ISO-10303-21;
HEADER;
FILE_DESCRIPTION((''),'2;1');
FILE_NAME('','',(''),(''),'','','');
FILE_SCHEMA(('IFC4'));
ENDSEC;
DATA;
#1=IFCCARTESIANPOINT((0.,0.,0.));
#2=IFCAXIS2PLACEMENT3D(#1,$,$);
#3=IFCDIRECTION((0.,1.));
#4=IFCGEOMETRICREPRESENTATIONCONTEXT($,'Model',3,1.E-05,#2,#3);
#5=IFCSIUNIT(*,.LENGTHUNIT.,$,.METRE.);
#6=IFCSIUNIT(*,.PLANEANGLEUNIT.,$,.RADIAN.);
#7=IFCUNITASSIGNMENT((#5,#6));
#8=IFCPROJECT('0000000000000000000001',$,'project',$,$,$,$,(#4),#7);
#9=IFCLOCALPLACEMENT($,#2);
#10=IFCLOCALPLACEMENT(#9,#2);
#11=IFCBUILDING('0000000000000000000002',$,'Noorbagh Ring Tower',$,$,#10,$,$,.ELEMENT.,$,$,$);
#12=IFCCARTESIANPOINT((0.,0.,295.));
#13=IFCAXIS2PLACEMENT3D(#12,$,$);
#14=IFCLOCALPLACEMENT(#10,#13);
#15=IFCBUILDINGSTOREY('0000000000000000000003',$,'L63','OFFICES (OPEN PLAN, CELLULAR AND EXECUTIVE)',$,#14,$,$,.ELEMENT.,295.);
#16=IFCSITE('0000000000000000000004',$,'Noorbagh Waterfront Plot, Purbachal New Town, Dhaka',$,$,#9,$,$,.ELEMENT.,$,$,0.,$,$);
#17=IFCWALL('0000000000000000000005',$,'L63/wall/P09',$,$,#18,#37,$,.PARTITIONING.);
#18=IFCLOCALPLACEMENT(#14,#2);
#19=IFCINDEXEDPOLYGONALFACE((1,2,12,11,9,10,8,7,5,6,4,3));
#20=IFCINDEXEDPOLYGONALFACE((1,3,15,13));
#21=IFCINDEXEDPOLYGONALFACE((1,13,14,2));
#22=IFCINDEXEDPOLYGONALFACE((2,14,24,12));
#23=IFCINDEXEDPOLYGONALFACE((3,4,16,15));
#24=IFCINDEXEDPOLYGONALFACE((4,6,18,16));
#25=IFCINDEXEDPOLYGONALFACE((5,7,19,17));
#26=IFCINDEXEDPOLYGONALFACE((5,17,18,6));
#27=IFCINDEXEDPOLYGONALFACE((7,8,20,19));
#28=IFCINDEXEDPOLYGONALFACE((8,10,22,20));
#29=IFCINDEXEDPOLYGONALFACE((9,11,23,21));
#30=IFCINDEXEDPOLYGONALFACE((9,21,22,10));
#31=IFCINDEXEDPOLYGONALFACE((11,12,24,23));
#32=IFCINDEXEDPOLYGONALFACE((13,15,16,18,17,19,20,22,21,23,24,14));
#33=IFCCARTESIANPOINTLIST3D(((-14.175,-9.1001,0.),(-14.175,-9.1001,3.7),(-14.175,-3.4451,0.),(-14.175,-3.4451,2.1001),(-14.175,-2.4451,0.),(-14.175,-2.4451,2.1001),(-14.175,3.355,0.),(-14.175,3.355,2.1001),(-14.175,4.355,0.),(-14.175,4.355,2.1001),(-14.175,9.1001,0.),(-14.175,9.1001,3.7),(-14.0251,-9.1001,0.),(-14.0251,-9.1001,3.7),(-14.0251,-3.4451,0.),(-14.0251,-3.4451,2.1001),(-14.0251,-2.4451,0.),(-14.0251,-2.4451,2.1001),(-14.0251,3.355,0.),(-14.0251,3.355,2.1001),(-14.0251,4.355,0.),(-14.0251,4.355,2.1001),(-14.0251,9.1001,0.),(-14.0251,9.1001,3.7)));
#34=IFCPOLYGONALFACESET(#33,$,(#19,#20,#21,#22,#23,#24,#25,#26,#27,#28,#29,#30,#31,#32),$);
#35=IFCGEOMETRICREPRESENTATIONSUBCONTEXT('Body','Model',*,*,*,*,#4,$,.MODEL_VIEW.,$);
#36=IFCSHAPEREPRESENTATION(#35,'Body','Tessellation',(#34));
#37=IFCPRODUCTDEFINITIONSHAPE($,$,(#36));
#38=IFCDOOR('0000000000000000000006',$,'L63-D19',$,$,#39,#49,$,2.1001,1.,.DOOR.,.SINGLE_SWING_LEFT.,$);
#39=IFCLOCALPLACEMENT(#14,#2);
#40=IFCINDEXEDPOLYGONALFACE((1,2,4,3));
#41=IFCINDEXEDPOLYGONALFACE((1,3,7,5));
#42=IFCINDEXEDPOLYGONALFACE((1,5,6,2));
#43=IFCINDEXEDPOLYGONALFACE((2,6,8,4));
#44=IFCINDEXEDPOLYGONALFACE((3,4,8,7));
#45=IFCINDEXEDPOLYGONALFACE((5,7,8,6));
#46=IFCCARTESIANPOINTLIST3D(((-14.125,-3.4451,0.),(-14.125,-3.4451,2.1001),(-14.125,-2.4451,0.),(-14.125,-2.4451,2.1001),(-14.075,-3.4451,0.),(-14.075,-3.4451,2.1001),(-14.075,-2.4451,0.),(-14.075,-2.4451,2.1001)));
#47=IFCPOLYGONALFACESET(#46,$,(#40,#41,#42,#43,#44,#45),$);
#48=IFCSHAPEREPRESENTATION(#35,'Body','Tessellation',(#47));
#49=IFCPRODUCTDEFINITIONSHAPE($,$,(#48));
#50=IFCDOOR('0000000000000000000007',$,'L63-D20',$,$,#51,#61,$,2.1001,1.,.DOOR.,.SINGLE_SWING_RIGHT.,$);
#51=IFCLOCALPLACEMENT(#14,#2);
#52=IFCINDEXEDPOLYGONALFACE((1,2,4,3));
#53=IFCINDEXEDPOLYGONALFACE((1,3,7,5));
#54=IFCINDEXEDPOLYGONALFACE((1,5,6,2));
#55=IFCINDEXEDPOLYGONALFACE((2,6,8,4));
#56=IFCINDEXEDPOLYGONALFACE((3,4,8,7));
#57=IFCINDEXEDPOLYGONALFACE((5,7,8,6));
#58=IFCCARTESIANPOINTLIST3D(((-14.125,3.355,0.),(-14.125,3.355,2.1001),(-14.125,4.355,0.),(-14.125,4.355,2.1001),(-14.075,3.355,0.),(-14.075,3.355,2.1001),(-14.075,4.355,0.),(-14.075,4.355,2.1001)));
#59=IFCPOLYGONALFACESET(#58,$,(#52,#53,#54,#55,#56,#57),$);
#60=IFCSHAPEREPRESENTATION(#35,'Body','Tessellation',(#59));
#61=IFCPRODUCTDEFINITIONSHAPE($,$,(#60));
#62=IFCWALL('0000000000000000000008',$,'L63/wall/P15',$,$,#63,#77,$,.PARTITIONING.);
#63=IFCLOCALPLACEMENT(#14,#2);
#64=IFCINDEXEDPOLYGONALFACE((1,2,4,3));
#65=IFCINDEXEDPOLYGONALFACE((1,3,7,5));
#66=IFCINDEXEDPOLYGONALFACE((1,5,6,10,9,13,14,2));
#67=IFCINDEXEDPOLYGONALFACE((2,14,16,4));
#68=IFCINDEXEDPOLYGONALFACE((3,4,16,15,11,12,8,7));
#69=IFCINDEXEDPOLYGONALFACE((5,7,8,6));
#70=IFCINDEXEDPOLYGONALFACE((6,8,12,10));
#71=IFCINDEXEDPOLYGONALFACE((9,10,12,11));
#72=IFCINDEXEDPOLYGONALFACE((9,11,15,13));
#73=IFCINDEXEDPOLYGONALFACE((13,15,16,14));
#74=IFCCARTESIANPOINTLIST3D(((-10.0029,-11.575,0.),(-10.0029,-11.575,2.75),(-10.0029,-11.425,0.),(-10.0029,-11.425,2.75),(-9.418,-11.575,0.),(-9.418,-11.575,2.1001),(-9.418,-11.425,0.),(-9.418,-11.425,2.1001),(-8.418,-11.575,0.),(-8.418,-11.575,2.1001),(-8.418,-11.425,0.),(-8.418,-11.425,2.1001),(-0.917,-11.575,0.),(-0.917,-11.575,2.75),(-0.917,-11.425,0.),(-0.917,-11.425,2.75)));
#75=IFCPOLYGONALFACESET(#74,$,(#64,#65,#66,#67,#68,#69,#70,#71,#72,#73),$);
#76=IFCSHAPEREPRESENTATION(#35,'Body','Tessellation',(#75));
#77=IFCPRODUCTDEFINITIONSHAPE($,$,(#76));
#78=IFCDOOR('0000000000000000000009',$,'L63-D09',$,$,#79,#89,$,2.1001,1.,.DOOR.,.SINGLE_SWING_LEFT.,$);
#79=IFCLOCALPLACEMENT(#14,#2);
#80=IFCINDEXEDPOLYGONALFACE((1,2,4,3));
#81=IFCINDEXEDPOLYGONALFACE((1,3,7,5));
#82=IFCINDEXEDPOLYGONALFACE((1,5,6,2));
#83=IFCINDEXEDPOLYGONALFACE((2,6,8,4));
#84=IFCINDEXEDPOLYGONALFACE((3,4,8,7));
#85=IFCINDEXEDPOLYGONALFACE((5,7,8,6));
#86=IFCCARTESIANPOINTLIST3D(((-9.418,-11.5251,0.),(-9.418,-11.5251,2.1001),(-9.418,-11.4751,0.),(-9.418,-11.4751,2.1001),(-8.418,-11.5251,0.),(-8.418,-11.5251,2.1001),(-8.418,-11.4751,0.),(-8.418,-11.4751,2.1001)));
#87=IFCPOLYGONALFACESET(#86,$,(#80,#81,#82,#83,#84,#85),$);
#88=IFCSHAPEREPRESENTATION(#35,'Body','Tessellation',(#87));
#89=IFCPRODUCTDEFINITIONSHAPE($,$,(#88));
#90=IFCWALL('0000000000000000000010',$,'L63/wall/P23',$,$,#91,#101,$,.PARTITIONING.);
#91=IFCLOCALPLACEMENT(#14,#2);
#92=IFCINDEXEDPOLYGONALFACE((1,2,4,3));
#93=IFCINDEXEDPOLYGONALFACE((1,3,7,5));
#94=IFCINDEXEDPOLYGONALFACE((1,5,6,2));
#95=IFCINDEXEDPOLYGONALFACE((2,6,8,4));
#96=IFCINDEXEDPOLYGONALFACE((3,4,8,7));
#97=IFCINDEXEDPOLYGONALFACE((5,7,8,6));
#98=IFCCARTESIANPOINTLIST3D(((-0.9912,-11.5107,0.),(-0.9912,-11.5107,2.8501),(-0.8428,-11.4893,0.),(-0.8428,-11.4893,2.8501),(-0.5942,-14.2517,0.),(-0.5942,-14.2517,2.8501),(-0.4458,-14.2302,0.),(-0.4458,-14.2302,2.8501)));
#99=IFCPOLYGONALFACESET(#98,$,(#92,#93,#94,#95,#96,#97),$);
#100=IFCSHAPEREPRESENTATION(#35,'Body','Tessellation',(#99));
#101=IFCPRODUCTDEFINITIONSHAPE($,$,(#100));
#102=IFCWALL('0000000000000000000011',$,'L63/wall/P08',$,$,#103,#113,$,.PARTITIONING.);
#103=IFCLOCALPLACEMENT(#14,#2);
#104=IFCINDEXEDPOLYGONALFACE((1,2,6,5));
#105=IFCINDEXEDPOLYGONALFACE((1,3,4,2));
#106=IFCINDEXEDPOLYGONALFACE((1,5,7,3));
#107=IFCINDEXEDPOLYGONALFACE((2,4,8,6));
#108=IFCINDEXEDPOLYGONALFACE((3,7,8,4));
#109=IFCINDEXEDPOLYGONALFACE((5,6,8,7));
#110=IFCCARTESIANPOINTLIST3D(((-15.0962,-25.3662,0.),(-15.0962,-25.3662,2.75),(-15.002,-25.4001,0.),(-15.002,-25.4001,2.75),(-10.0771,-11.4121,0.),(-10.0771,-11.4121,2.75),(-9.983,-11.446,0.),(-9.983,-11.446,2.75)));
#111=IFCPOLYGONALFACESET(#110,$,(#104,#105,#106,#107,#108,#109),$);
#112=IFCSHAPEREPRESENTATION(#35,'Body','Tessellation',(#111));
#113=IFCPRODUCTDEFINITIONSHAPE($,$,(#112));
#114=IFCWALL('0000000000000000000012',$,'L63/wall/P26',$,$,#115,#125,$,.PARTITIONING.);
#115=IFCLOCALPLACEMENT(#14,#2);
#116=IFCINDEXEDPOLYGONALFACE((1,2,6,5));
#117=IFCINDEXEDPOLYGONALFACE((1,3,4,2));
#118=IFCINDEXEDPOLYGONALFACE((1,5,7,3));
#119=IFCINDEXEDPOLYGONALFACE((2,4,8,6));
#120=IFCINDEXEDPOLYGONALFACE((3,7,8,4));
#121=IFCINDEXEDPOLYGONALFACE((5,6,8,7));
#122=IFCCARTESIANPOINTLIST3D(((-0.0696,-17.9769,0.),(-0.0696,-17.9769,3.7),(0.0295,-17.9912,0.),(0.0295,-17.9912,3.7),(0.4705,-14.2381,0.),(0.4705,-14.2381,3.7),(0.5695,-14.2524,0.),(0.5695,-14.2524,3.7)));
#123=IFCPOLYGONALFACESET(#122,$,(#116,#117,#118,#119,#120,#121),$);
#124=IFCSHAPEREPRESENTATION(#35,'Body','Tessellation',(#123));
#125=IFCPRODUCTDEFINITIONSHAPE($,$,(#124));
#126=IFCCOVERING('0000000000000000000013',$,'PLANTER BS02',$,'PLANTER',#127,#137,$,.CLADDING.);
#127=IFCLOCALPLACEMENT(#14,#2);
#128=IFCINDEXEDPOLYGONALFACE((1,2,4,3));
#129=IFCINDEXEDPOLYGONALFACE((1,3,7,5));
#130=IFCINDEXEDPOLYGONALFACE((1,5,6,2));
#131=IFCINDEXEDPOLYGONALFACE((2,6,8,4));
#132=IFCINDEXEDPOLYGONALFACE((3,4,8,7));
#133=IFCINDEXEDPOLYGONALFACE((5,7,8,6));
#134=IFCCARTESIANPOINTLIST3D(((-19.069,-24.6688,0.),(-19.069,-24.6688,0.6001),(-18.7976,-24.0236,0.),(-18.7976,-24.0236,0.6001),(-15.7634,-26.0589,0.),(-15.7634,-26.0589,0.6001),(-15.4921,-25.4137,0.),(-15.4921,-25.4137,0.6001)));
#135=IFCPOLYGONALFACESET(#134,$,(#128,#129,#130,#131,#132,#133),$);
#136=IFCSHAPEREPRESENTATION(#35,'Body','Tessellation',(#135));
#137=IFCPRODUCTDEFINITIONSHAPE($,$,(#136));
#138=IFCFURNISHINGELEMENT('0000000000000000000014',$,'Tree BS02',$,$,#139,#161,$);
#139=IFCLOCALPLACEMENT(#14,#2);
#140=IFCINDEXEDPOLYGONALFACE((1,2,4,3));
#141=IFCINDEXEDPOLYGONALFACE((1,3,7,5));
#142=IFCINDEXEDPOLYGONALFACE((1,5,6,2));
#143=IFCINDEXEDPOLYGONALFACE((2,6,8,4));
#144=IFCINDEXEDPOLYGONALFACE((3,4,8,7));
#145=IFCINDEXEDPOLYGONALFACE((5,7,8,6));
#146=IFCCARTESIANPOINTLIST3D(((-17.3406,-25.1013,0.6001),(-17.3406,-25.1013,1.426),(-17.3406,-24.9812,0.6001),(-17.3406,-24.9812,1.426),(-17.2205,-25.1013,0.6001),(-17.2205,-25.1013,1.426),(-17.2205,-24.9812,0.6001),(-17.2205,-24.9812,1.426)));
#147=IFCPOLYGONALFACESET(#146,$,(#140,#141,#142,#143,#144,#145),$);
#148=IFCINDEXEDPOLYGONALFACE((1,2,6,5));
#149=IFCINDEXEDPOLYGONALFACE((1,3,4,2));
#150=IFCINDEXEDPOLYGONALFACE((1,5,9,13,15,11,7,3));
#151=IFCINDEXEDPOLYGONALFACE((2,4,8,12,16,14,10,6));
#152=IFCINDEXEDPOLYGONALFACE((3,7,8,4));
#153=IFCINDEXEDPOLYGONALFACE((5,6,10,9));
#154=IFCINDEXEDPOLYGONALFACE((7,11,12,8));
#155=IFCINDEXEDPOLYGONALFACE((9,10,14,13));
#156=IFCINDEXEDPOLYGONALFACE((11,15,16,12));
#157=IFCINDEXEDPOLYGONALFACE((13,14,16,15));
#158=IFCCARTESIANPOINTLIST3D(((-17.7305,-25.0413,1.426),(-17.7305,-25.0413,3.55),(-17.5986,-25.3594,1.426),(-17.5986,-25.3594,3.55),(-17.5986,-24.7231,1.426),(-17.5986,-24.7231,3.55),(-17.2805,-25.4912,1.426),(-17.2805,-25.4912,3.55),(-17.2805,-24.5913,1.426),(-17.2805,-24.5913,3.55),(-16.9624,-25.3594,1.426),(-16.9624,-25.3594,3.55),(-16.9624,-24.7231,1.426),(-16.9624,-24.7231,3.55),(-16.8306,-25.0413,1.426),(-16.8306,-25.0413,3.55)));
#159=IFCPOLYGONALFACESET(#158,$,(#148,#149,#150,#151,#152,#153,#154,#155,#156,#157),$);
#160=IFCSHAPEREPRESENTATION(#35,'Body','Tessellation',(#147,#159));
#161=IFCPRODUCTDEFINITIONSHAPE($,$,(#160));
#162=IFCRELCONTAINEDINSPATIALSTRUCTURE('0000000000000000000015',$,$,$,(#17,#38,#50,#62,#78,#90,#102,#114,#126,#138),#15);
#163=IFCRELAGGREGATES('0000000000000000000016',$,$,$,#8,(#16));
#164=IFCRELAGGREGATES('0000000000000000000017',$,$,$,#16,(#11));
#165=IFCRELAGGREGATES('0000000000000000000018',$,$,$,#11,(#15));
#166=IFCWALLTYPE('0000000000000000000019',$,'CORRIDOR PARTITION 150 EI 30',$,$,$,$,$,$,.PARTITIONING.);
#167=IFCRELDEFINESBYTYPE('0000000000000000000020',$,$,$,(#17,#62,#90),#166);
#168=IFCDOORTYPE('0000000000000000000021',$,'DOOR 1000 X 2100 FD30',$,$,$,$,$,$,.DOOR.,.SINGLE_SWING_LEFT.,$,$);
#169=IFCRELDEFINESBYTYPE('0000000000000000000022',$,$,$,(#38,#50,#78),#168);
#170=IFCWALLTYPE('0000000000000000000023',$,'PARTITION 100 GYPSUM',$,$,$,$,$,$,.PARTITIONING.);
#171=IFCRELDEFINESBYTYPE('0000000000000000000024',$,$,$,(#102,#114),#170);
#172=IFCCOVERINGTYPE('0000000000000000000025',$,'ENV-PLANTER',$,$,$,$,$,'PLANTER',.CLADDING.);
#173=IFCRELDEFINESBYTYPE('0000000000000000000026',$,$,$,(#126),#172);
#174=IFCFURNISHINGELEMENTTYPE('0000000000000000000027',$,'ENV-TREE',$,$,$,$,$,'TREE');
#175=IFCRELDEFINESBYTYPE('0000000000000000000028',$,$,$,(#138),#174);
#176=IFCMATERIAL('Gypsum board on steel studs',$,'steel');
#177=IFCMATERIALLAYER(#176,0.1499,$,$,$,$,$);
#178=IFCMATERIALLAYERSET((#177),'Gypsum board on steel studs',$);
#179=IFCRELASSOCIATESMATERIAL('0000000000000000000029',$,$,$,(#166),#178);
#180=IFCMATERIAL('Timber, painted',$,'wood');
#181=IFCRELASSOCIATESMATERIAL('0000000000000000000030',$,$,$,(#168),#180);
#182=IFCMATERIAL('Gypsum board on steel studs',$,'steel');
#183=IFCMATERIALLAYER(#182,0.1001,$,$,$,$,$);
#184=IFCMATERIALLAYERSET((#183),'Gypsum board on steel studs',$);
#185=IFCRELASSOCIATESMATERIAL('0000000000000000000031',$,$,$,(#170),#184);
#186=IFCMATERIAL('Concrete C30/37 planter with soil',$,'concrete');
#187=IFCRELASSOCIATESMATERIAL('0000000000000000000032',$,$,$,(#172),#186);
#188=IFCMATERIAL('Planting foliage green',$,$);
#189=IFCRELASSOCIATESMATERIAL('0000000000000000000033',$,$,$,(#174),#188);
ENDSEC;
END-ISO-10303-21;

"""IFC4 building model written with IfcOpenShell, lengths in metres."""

from ifc_helpers import new_model, si_unit, direction, frame, frame_2d, origin, origin_2d, place, context, subcontext, project, spatial, polyline, rectangle, outline, extrude, material, layer, layer_set, type_object, element, fill, save


model = new_model("IFC4")

# Units and contexts
model_context = context("Model", 3, precision=1e-05, world=origin(), true_north=direction((0.0, 1.0)))
body_context = subcontext(model_context, "Body", "Model", "MODEL_VIEW")
ifc_project = project(units=[si_unit("LENGTHUNIT", "METRE"), si_unit("PLANEANGLEUNIT", "RADIAN")], contexts=[model_context])

# Site, building, storey
site_placement = place(None, origin())
site = spatial("IfcSite", under=ifc_project, at=site_placement, Name="Noorbagh Waterfront Plot, Purbachal New Town, Dhaka", CompositionType="ELEMENT", RefElevation=0.0)
building_placement = place(site_placement, origin())
building = spatial("IfcBuilding", under=site, at=building_placement, Name="Noorbagh Ring Tower", CompositionType="ELEMENT")
storey_placement = place(building_placement, frame((0.0, 0.0, 295.0)))
storey = spatial("IfcBuildingStorey", under=building, at=storey_placement, Name="L63", Description="OFFICES (OPEN PLAN, CELLULAR AND EXECUTIVE)", CompositionType="ELEMENT", Elevation=295.0)

# Wall, openings, doors
ifc_material_1 = material(Name="Gypsum board on steel studs", Category="steel")
ifc_layer_1 = layer(ifc_material_1, 0.1499)
ifc_layer_set_1 = layer_set([ifc_layer_1], Name="Gypsum board on steel studs")
wall_type_1 = type_object("IfcWallType", Name="CORRIDOR PARTITION 150 EI 30", PredefinedType="PARTITIONING", material=ifc_layer_set_1)
wall_1_placement = place(storey_placement, frame((-14.1001, -9.1001, 0.0), z_axis=(0.0, 0.0, 1.0), x_axis=(0.0, 1.0, 0.0)))
wall_1 = element("IfcWall", 1, at=wall_1_placement, inside=storey, type_object=wall_type_1, Name="L63/wall/P09", PredefinedType="PARTITIONING", context=body_context, shape_type="SweptSolid", body=[
    extrude(rectangle(XDim=18.2002, YDim=0.1499, at=frame_2d((9.1001, 0.0))), origin(), (0.0, 0.0, 1.0), 3.7),
])
opening_1_placement = place(wall_1_placement, frame((5.655, 0.0, 0.0)))
opening_1 = element("IfcOpeningElement", 2, at=opening_1_placement, cuts=wall_1, PredefinedType="OPENING", context=body_context, shape_type="SweptSolid", body=[
    extrude(rectangle(XDim=1.0, YDim=2.1001, at=frame_2d((0.5, 1.05))), frame((0.0, 0.085, 0.0), z_axis=(0.0, -1.0, 0.0), x_axis=(1.0, 0.0, 0.0)), (0.0, 0.0, 1.0), 0.1699),
])
opening_2_placement = place(wall_1_placement, frame((12.4551, 0.0, 0.0)))
opening_2 = element("IfcOpeningElement", 3, at=opening_2_placement, cuts=wall_1, PredefinedType="OPENING", context=body_context, shape_type="SweptSolid", body=[
    extrude(rectangle(XDim=1.0, YDim=2.1001, at=frame_2d((0.5, 1.05))), frame((0.0, 0.085, 0.0), z_axis=(0.0, -1.0, 0.0), x_axis=(1.0, 0.0, 0.0)), (0.0, 0.0, 1.0), 0.1699),
])
ifc_material_2 = material(Name="Timber, painted", Category="wood")
door_type = type_object("IfcDoorType", Name="DOOR 1000 X 2100 FD30", OperationType="SINGLE_SWING_LEFT", PredefinedType="DOOR", material=ifc_material_2)
door_1_placement = place(opening_1_placement, origin())
door_1 = element("IfcDoor", 4, at=door_1_placement, inside=storey, type_object=door_type, Name="L63-D19", OperationType="SINGLE_SWING_LEFT", OverallHeight=2.1001, OverallWidth=1.0, PredefinedType="DOOR", context=body_context, shape_type="SweptSolid", body=[
    extrude(rectangle(XDim=1.0, YDim=2.1001, at=frame_2d((0.5, 1.05))), frame((0.0, 0.0249, 0.0), z_axis=(0.0, -1.0, 0.0), x_axis=(1.0, 0.0, 0.0)), (0.0, 0.0, 1.0), 0.05),
])
fill(opening_1, door_1)
door_2_placement = place(opening_2_placement, origin())
door_2 = element("IfcDoor", 5, at=door_2_placement, inside=storey, type_object=door_type, Name="L63-D20", OperationType="SINGLE_SWING_RIGHT", OverallHeight=2.1001, OverallWidth=1.0, PredefinedType="DOOR", context=body_context, shape_type="SweptSolid", body=[
    extrude(rectangle(XDim=1.0, YDim=2.1001, at=frame_2d((0.5, 1.05))), frame((0.0, 0.0249, 0.0), z_axis=(0.0, -1.0, 0.0), x_axis=(1.0, 0.0, 0.0)), (0.0, 0.0, 1.0), 0.05),
])
fill(opening_2, door_2)

# Wall, opening, door
wall_2_placement = place(storey_placement, frame((-10.0029, -11.5, 0.0), z_axis=(0.0, 0.0, 1.0), x_axis=(1.0, 0.0, 0.0)))
wall_2 = element("IfcWall", 6, at=wall_2_placement, inside=storey, type_object=wall_type_1, Name="L63/wall/P15", PredefinedType="PARTITIONING", context=body_context, shape_type="SweptSolid", body=[
    extrude(rectangle(XDim=9.0859, YDim=0.1499, at=frame_2d((4.543, 0.0))), origin(), (0.0, 0.0, 1.0), 2.75),
])
opening_3_placement = place(wall_2_placement, frame((0.585, 0.0, 0.0)))
opening_3 = element("IfcOpeningElement", 7, at=opening_3_placement, cuts=wall_2, PredefinedType="OPENING", context=body_context, shape_type="SweptSolid", body=[
    extrude(rectangle(XDim=1.0, YDim=2.1001, at=frame_2d((0.5, 1.05))), frame((0.0, 0.085, 0.0), z_axis=(0.0, -1.0, 0.0), x_axis=(1.0, 0.0, 0.0)), (0.0, 0.0, 1.0), 0.1699),
])
door_3_placement = place(opening_3_placement, origin())
door_3 = element("IfcDoor", 8, at=door_3_placement, inside=storey, type_object=door_type, Name="L63-D09", OperationType="SINGLE_SWING_LEFT", OverallHeight=2.1001, OverallWidth=1.0, PredefinedType="DOOR", context=body_context, shape_type="SweptSolid", body=[
    extrude(rectangle(XDim=1.0, YDim=2.1001, at=frame_2d((0.5, 1.05))), frame((0.0, 0.0249, 0.0), z_axis=(0.0, -1.0, 0.0), x_axis=(1.0, 0.0, 0.0)), (0.0, 0.0, 1.0), 0.05),
])
fill(opening_3, door_3)

# Walls
wall_3_placement = place(storey_placement, frame((-0.917, -11.5, 0.0), z_axis=(0.0, 0.0, 1.0), x_axis=(0.143334, -0.989674, 0.0)))
element("IfcWall", 9, at=wall_3_placement, inside=storey, type_object=wall_type_1, Name="L63/wall/P23", PredefinedType="PARTITIONING", context=body_context, shape_type="SweptSolid", body=[
    extrude(rectangle(XDim=2.7695, YDim=0.1499, at=frame_2d((1.3848, 0.0))), origin(), (0.0, 0.0, 1.0), 2.8501),
])
ifc_material_3 = material(Name="Gypsum board on steel studs", Category="steel")
ifc_layer_2 = layer(ifc_material_3, 0.1001)
ifc_layer_set_2 = layer_set([ifc_layer_2], Name="Gypsum board on steel studs")
wall_type_2 = type_object("IfcWallType", Name="PARTITION 100 GYPSUM", PredefinedType="PARTITIONING", material=ifc_layer_set_2)
wall_4_placement = place(storey_placement, frame((-15.0491, -25.3831, 0.0), z_axis=(0.0, 0.0, 1.0), x_axis=(0.338455, 0.940983, 0.0)))
element("IfcWall", 10, at=wall_4_placement, inside=storey, type_object=wall_type_2, Name="L63/wall/P08", PredefinedType="PARTITIONING", context=body_context, shape_type="SweptSolid", body=[
    extrude(rectangle(XDim=14.8293, YDim=0.1001, at=frame_2d((7.4146, 0.0))), origin(), (0.0, 0.0, 1.0), 2.75),
])
wall_5_placement = place(storey_placement, frame((-0.02, -17.9839, 0.0), z_axis=(0.0, 0.0, 1.0), x_axis=(0.142959, 0.989729, 0.0)))
element("IfcWall", 11, at=wall_5_placement, inside=storey, type_object=wall_type_2, Name="L63/wall/P26", PredefinedType="PARTITIONING", context=body_context, shape_type="SweptSolid", body=[
    extrude(rectangle(XDim=3.7776, YDim=0.1001, at=frame_2d((1.8887, 0.0))), origin(), (0.0, 0.0, 1.0), 3.7),
])

# Covering
ifc_material_4 = material(Name="Concrete C30/37 planter with soil", Category="concrete")
covering_type = type_object("IfcCoveringType", Name="ENV-PLANTER", ElementType="PLANTER", PredefinedType="CLADDING", material=ifc_material_4)
covering_placement = place(storey_placement, frame((-17.2805, -25.0413, 0.0), z_axis=(0.0, 0.0, 1.0), x_axis=(0.921812, -0.387638, 0.0)))
element("IfcCovering", 12, at=covering_placement, inside=storey, type_object=covering_type, Name="PLANTER BS02", ObjectType="PLANTER", PredefinedType="CLADDING", context=body_context, shape_type="SweptSolid", body=[
    extrude(rectangle(XDim=3.5859, YDim=0.7, at=origin_2d()), origin(), (0.0, 0.0, 1.0), 0.6001),
])

# Furnishing element
ifc_material_5 = material(Name="Planting foliage green")
furnishing_element_type = type_object("IfcFurnishingElementType", Name="ENV-TREE", ElementType="TREE", material=ifc_material_5)
furnishing_placement = place(storey_placement, frame((-17.2805, -25.0413, 0.6001), z_axis=(0.0, 0.0, 1.0), x_axis=(1.0, 0.0, 0.0)))
element("IfcFurnishingElement", 13, at=furnishing_placement, inside=storey, type_object=furnishing_element_type, Name="Tree BS02", context=body_context, shape_type="SweptSolid", body=[
    extrude(rectangle(XDim=0.1201, YDim=0.1201, at=origin_2d()), origin(), (0.0, 0.0, 1.0), 0.8259),
    extrude(outline(polyline([(0.45, 0.0), (0.3181, 0.3181), (0.0, 0.45), (-0.3181, 0.3181), (-0.45, 0.0), (-0.3181, -0.3181), (0.0, -0.45), (0.3181, -0.3181), (0.45, 0.0)])), frame((0.0, 0.0, 0.8259)), (0.0, 0.0, 1.0), 2.124),
])

save(model, "model.ifc")
